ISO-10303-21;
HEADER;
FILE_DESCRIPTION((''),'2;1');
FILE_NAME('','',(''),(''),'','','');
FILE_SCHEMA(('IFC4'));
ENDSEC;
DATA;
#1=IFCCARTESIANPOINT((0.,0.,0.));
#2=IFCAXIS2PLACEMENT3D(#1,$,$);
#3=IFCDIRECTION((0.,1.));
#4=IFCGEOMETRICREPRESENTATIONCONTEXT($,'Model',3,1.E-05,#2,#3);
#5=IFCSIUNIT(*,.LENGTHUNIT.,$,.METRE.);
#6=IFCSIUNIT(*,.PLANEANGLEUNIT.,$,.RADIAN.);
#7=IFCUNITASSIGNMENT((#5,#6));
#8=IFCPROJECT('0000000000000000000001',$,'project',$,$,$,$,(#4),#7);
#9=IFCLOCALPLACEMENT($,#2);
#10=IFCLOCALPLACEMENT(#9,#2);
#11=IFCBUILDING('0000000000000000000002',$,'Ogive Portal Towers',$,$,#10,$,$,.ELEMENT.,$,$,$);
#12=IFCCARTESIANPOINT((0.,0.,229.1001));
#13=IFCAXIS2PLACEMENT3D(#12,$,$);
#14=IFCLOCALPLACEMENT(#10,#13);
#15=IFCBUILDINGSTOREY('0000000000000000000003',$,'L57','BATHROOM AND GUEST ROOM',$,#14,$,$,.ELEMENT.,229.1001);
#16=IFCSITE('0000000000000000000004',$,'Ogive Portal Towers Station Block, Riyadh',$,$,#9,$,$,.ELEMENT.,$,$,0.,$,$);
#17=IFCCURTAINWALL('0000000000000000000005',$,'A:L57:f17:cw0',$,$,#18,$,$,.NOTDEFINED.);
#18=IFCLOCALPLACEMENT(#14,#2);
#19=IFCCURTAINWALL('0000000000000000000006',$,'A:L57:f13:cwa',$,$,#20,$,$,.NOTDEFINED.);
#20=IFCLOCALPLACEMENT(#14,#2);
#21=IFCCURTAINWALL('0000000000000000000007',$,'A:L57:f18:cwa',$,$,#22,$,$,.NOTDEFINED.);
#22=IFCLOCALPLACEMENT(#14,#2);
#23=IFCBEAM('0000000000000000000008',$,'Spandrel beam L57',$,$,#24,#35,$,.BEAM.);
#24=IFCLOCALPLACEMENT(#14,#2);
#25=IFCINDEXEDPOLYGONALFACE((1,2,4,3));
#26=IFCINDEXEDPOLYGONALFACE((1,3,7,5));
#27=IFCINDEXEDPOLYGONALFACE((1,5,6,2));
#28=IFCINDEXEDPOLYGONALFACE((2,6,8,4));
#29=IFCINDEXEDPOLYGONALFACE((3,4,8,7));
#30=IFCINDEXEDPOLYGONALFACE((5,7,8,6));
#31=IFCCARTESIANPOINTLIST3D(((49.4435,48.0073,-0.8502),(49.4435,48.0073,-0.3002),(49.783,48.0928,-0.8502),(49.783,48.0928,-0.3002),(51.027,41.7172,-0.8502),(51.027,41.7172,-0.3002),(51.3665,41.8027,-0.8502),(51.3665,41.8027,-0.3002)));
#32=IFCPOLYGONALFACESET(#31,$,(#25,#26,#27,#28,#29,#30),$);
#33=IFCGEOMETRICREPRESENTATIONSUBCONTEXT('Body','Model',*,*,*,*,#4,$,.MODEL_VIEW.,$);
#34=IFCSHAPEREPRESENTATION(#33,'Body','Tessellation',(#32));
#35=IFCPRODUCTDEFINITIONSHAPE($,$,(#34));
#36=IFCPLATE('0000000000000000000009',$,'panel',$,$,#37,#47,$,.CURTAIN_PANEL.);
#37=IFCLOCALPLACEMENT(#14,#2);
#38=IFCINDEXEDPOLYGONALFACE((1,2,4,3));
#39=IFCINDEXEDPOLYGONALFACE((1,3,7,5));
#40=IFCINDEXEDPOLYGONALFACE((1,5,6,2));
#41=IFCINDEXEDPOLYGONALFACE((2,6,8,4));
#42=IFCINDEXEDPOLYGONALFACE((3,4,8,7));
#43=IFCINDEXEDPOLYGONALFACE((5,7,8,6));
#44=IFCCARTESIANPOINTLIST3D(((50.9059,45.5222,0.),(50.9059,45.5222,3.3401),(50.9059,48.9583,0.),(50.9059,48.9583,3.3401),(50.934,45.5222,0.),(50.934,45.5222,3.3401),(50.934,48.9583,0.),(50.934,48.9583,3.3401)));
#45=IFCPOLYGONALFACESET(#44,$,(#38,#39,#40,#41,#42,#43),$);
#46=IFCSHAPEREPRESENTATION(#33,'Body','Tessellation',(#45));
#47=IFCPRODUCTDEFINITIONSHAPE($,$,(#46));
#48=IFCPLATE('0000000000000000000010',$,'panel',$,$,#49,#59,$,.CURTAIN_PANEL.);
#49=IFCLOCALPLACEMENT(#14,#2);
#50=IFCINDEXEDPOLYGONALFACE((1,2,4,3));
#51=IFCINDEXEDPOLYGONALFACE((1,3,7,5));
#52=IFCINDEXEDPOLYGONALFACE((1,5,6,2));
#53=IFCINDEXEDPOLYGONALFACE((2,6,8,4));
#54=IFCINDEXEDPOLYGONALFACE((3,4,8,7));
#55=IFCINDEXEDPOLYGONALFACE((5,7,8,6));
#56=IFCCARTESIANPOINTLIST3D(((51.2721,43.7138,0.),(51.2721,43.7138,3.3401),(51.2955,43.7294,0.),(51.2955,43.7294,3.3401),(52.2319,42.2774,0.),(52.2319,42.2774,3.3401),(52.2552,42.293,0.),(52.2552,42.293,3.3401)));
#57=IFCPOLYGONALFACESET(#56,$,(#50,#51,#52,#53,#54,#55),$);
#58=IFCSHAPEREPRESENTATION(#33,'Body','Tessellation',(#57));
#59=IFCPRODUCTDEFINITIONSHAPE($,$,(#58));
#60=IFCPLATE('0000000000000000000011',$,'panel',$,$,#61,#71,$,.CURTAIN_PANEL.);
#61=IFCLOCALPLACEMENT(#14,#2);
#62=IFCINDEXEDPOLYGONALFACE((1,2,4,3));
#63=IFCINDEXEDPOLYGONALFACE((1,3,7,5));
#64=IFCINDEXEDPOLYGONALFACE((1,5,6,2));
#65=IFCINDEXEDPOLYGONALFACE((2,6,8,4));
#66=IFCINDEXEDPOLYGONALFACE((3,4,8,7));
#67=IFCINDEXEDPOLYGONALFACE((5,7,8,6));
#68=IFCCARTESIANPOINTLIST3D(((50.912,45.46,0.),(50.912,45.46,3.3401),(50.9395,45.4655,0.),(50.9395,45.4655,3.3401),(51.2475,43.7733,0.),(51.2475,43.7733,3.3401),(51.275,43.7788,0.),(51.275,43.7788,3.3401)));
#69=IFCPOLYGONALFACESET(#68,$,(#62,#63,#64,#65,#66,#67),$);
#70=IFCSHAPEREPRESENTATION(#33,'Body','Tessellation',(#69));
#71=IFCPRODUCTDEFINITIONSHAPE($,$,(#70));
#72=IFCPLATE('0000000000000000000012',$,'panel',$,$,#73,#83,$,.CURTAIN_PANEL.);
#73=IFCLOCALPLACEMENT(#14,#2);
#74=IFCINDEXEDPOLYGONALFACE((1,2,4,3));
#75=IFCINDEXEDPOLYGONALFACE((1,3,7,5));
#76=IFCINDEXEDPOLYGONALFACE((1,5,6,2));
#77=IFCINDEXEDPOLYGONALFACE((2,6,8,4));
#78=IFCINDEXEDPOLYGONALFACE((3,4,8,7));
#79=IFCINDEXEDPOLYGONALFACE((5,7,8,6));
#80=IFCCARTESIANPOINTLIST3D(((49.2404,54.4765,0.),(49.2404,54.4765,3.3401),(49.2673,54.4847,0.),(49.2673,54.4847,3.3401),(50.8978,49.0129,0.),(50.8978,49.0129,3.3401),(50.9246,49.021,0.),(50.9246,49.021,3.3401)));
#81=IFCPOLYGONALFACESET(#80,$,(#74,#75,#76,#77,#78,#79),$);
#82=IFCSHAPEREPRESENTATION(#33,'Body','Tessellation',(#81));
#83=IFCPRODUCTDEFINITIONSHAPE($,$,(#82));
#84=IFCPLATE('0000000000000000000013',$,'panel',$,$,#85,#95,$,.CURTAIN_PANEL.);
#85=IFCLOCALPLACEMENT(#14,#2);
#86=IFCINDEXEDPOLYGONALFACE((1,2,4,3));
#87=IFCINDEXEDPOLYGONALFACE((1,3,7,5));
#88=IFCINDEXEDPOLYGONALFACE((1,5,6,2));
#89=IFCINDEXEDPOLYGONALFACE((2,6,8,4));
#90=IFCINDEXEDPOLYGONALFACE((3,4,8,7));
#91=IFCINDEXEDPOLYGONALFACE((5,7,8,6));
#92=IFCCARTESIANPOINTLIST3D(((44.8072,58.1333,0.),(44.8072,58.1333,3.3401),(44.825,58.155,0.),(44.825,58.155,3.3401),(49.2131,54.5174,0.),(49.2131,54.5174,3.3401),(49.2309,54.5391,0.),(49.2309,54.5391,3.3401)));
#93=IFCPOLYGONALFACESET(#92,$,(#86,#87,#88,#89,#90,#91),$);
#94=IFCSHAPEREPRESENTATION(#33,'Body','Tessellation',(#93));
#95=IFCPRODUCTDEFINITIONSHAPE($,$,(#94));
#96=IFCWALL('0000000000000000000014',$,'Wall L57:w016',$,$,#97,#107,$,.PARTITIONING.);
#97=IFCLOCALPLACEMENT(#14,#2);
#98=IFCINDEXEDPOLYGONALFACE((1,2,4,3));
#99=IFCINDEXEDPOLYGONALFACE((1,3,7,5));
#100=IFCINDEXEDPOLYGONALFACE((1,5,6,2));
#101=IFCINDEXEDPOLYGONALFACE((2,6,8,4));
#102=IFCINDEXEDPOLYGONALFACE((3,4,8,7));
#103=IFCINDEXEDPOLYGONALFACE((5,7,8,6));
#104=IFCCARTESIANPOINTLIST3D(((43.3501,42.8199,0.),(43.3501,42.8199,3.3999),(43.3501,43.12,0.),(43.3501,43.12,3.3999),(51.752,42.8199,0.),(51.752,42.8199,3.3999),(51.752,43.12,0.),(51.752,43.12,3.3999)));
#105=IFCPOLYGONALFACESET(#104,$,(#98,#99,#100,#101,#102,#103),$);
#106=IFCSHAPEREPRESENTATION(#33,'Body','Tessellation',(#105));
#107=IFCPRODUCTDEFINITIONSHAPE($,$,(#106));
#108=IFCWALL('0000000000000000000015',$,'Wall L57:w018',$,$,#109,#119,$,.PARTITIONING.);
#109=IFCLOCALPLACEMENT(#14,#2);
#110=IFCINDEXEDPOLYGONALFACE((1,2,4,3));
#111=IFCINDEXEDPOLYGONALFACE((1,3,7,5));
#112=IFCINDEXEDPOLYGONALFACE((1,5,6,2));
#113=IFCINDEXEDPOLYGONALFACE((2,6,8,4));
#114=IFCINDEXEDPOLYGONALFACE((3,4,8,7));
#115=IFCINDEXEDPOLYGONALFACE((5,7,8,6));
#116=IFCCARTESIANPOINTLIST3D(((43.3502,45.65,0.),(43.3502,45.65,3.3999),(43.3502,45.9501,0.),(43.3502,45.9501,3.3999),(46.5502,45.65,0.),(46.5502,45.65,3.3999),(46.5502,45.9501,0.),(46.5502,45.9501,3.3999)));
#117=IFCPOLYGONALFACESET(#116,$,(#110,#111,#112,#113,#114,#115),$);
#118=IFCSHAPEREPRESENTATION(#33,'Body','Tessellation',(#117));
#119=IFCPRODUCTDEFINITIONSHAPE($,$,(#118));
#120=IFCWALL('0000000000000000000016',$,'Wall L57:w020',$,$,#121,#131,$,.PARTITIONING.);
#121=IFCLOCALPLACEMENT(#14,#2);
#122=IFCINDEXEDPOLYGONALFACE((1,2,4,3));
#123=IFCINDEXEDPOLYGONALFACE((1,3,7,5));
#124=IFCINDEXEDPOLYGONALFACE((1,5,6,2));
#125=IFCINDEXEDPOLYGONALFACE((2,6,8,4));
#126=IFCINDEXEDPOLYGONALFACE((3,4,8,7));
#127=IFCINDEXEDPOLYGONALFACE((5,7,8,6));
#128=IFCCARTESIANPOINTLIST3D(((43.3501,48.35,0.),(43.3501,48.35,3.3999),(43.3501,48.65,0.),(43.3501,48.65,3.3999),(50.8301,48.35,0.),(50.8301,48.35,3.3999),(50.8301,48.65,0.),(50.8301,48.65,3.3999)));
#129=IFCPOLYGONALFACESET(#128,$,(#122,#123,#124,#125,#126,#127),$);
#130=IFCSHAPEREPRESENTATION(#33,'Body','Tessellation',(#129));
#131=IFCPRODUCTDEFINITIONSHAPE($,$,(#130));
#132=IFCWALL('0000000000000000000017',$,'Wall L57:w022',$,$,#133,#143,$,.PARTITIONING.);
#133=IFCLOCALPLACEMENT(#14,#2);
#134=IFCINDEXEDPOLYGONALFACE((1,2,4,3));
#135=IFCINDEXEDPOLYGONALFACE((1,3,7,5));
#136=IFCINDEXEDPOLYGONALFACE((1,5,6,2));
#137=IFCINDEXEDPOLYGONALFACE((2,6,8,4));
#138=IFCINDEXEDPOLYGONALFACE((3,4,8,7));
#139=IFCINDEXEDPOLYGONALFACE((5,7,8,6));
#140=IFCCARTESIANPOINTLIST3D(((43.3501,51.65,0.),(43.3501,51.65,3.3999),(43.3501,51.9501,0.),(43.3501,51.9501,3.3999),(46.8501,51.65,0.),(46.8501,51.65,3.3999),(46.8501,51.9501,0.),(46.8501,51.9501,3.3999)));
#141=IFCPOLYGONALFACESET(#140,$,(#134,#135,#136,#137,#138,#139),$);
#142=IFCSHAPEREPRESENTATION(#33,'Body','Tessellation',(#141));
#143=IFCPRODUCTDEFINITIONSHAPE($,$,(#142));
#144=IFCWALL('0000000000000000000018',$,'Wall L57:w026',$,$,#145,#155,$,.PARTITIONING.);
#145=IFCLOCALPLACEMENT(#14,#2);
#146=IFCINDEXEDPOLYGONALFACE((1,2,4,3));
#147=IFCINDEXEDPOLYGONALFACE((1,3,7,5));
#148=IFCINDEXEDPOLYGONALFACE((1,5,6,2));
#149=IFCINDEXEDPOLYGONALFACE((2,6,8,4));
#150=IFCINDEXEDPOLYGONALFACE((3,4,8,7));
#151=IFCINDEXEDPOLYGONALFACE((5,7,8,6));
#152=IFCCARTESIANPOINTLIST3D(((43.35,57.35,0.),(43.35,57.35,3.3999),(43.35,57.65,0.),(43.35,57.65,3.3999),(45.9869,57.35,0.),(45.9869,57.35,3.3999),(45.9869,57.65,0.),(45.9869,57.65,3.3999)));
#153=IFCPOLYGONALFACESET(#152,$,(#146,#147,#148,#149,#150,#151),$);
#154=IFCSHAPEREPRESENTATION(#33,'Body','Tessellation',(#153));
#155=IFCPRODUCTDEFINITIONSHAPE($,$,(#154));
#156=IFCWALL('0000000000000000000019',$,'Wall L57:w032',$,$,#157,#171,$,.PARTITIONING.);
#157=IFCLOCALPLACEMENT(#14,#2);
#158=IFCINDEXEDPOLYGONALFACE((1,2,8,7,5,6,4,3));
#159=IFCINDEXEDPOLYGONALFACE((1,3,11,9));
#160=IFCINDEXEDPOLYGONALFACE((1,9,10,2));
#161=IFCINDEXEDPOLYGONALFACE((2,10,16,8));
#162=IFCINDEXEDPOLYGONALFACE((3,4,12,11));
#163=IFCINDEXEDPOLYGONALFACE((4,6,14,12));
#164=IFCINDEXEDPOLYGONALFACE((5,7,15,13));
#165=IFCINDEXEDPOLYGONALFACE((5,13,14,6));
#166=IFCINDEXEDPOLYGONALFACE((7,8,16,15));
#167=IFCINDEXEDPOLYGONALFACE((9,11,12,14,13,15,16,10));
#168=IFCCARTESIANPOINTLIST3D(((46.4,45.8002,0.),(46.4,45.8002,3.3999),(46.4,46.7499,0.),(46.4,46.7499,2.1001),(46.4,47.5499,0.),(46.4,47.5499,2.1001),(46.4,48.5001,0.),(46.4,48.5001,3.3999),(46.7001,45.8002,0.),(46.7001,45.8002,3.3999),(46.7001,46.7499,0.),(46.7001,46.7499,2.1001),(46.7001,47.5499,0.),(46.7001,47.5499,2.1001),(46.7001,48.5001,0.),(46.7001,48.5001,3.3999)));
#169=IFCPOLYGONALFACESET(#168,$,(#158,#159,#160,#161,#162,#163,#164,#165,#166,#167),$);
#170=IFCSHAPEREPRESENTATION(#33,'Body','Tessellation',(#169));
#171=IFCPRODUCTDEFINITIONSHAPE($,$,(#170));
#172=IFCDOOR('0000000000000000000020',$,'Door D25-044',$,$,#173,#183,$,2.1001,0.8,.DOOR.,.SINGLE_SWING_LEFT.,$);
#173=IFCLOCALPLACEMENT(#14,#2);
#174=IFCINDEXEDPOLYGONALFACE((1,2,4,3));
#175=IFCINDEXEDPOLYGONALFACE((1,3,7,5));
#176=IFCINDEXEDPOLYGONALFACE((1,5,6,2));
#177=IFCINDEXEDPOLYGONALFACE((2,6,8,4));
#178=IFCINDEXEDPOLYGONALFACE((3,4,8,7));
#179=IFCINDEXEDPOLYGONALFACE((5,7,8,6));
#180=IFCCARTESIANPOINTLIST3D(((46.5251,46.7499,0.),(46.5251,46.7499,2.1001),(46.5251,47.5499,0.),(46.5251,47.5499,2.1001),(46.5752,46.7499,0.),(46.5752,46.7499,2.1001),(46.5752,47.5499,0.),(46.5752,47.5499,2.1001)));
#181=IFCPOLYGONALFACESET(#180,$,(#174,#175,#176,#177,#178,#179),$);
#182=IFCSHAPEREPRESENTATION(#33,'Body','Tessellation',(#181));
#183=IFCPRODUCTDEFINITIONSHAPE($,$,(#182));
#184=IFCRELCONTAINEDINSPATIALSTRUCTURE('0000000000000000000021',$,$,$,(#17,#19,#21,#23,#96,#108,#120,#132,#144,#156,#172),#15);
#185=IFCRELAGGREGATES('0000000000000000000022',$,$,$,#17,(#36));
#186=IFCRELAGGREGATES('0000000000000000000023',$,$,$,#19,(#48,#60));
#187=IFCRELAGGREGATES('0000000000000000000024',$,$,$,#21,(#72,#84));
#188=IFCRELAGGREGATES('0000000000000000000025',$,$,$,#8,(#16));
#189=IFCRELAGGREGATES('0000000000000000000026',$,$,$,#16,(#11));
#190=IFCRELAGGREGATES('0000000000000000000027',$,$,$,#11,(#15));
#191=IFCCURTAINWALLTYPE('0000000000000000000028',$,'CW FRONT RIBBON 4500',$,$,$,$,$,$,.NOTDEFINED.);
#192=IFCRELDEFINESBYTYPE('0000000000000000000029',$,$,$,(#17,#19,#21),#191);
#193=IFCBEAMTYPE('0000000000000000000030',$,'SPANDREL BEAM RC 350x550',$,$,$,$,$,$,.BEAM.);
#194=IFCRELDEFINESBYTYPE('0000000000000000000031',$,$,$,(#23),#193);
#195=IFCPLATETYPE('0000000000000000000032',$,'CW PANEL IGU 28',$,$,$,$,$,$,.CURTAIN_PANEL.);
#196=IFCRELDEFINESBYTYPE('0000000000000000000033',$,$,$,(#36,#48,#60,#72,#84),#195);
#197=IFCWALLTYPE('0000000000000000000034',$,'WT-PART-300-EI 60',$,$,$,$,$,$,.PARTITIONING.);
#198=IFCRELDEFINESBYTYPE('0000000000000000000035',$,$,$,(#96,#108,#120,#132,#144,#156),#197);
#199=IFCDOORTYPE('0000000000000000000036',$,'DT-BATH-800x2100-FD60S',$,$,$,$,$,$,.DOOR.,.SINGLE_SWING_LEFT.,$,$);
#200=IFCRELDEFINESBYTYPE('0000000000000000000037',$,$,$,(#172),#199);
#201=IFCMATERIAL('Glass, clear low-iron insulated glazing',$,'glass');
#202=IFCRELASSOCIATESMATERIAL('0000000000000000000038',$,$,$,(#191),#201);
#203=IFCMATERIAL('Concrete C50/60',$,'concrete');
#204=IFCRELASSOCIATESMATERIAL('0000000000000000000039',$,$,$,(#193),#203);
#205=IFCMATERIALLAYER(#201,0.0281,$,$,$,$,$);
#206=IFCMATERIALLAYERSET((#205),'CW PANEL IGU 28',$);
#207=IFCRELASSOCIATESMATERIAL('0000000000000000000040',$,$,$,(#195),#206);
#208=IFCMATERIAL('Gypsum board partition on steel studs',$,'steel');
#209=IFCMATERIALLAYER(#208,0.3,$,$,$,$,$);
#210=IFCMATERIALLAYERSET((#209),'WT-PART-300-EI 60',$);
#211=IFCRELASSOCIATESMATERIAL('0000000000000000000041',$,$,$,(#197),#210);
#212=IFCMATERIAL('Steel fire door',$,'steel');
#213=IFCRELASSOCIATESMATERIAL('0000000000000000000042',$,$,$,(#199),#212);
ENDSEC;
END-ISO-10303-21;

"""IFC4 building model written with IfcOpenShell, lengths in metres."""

from ifc_helpers import new_model, si_unit, direction, frame, frame_2d, origin, origin_2d, place, context, subcontext, project, spatial, rectangle, extrude, material, layer, layer_set, material_profile, profile_set, type_object, element, fill, aggregate, save


model = new_model("IFC4")

# Units and contexts
model_context = context("Model", 3, precision=1e-05, world=origin(), true_north=direction((0.0, 1.0)))
body_context = subcontext(model_context, "Body", "Model", "MODEL_VIEW")
ifc_project = project(units=[si_unit("LENGTHUNIT", "METRE"), si_unit("PLANEANGLEUNIT", "RADIAN")], contexts=[model_context])

# Site, building, storey
site_placement = place(None, origin())
site = spatial("IfcSite", under=ifc_project, at=site_placement, Name="Ogive Portal Towers Station Block, Riyadh", CompositionType="ELEMENT", RefElevation=0.0)
building_placement = place(site_placement, origin())
building = spatial("IfcBuilding", under=site, at=building_placement, Name="Ogive Portal Towers", CompositionType="ELEMENT")
storey_placement = place(building_placement, frame((0.0, 0.0, 229.1001)))
storey = spatial("IfcBuildingStorey", under=building, at=storey_placement, Name="L57", Description="BATHROOM AND GUEST ROOM", CompositionType="ELEMENT", Elevation=229.1001)

# Curtain walls
ifc_material_1 = material(Name="Glass, clear low-iron insulated glazing", Category="glass")
curtain_wall_type = type_object("IfcCurtainWallType", Name="CW FRONT RIBBON 4500", PredefinedType="NOTDEFINED", material=ifc_material_1)
curtain_wall_1_placement = place(storey_placement, origin())
curtain_wall_1 = element("IfcCurtainWall", 1, at=curtain_wall_1_placement, inside=storey, type_object=curtain_wall_type, Name="A:L57:f17:cw0", PredefinedType="NOTDEFINED")
curtain_wall_2_placement = place(storey_placement, origin())
curtain_wall_2 = element("IfcCurtainWall", 2, at=curtain_wall_2_placement, inside=storey, type_object=curtain_wall_type, Name="A:L57:f13:cwa", PredefinedType="NOTDEFINED")
curtain_wall_3_placement = place(storey_placement, origin())
curtain_wall_3 = element("IfcCurtainWall", 3, at=curtain_wall_3_placement, inside=storey, type_object=curtain_wall_type, Name="A:L57:f18:cwa", PredefinedType="NOTDEFINED")

# Beam
ifc_material_2 = material(Name="Concrete C50/60", Category="concrete")
ifc_material_profile_1 = material_profile(ifc_material_2, rectangle(XDim=0.3501, YDim=0.55, at=origin_2d()), Name="RC 350x550")
ifc_profile_set_1 = profile_set([ifc_material_profile_1], Name="Concrete C50/60")
beam_type = type_object("IfcBeamType", Name="SPANDREL BEAM RC 350x550", PredefinedType="BEAM", material=ifc_profile_set_1)
beam_placement = place(storey_placement, frame((49.6133, 48.05, -0.5752), z_axis=(0.244129, -0.969743, 0.0), x_axis=(0.969743, 0.244129, 0.0)))
element("IfcBeam", 4, at=beam_placement, inside=storey, type_object=beam_type, Name="Spandrel beam L57", PredefinedType="BEAM", context=body_context, shape_type="SweptSolid", body=[
    extrude(rectangle(XDim=0.3501, YDim=0.55, at=origin_2d()), origin(), (0.0, 0.0, 1.0), 6.4863),
])

# Plates
ifc_layer_1 = layer(ifc_material_1, 0.0281)
ifc_layer_set_1 = layer_set([ifc_layer_1], Name="CW PANEL IGU 28")
plate_type = type_object("IfcPlateType", Name="CW PANEL IGU 28", PredefinedType="CURTAIN_PANEL", material=ifc_layer_set_1)
plate_1_placement = place(storey_placement, frame((50.9199, 47.2402, 0.0), z_axis=(0.0, 0.0, 1.0), x_axis=(0.0, 1.0, 0.0)))
plate_1 = element("IfcPlate", 5, at=plate_1_placement, type_object=plate_type, Name="panel", PredefinedType="CURTAIN_PANEL", context=body_context, shape_type="SweptSolid", body=[
    extrude(rectangle(XDim=3.436, YDim=0.0281, at=origin_2d()), origin(), (0.0, 0.0, 1.0), 3.3401),
])
aggregate(curtain_wall_1, [plate_1])
plate_2_placement = place(storey_placement, frame((51.7637, 43.0034, 0.0), z_axis=(0.0, 0.0, 1.0), x_axis=(-0.55557, 0.83147, 0.0)))
plate_2 = element("IfcPlate", 6, at=plate_2_placement, type_object=plate_type, Name="panel", PredefinedType="CURTAIN_PANEL", context=body_context, shape_type="SweptSolid", body=[
    extrude(rectangle(XDim=1.7275, YDim=0.0281, at=origin_2d()), origin(), (0.0, 0.0, 1.0), 3.3401),
])
plate_3_placement = place(storey_placement, frame((51.0935, 44.6194, 0.0), z_axis=(0.0, 0.0, 1.0), x_axis=(-0.19509, 0.980785, 0.0)))
plate_3 = element("IfcPlate", 7, at=plate_3_placement, type_object=plate_type, Name="panel", PredefinedType="CURTAIN_PANEL", context=body_context, shape_type="SweptSolid", body=[
    extrude(rectangle(XDim=1.7197, YDim=0.0281, at=origin_2d()), origin(), (0.0, 0.0, 1.0), 3.3401),
])
aggregate(curtain_wall_2, [plate_2, plate_3])
plate_4_placement = place(storey_placement, frame((50.0825, 51.7488, 0.0), z_axis=(0.0, 0.0, 1.0), x_axis=(-0.290285, 0.95694, 0.0)))
plate_4 = element("IfcPlate", 8, at=plate_4_placement, type_object=plate_type, Name="panel", PredefinedType="CURTAIN_PANEL", context=body_context, shape_type="SweptSolid", body=[
    extrude(rectangle(XDim=5.7095, YDim=0.0281, at=origin_2d()), origin(), (0.0, 0.0, 1.0), 3.3401),
])
plate_5_placement = place(storey_placement, frame((47.019, 56.3362, 0.0), z_axis=(0.0, 0.0, 1.0), x_axis=(-0.77301, 0.634393, 0.0)))
plate_5 = element("IfcPlate", 9, at=plate_5_placement, type_object=plate_type, Name="panel", PredefinedType="CURTAIN_PANEL", context=body_context, shape_type="SweptSolid", body=[
    extrude(rectangle(XDim=5.6997, YDim=0.0281, at=origin_2d()), origin(), (0.0, 0.0, 1.0), 3.3401),
])
aggregate(curtain_wall_3, [plate_4, plate_5])

# Walls
ifc_material_3 = material(Name="Gypsum board partition on steel studs", Category="steel")
ifc_layer_2 = layer(ifc_material_3, 0.3)
ifc_layer_set_2 = layer_set([ifc_layer_2], Name="WT-PART-300-EI 60")
wall_type = type_object("IfcWallType", Name="WT-PART-300-EI 60", PredefinedType="PARTITIONING", material=ifc_layer_set_2)
wall_1_placement = place(storey_placement, frame((43.3501, 42.97, 0.0), z_axis=(0.0, 0.0, 1.0), x_axis=(1.0, 0.0, 0.0)))
element("IfcWall", 10, at=wall_1_placement, inside=storey, type_object=wall_type, Name="Wall L57:w016", PredefinedType="PARTITIONING", context=body_context, shape_type="SweptSolid", body=[
    extrude(rectangle(XDim=8.4019, YDim=0.3, at=frame_2d((4.2009, 0.0))), origin(), (0.0, 0.0, 1.0), 3.3999),
])
wall_2_placement = place(storey_placement, frame((43.3501, 45.8, 0.0), z_axis=(0.0, 0.0, 1.0), x_axis=(1.0, 0.0, 0.0)))
element("IfcWall", 11, at=wall_2_placement, inside=storey, type_object=wall_type, Name="Wall L57:w018", PredefinedType="PARTITIONING", context=body_context, shape_type="SweptSolid", body=[
    extrude(rectangle(XDim=3.2, YDim=0.3, at=frame_2d((1.6001, 0.0))), origin(), (0.0, 0.0, 1.0), 3.3999),
])
wall_3_placement = place(storey_placement, frame((43.3501, 48.5, 0.0), z_axis=(0.0, 0.0, 1.0), x_axis=(1.0, 0.0, 0.0)))
element("IfcWall", 12, at=wall_3_placement, inside=storey, type_object=wall_type, Name="Wall L57:w020", PredefinedType="PARTITIONING", context=body_context, shape_type="SweptSolid", body=[
    extrude(rectangle(XDim=7.48, YDim=0.3, at=frame_2d((3.74, 0.0))), origin(), (0.0, 0.0, 1.0), 3.3999),
])
wall_4_placement = place(storey_placement, frame((43.3501, 51.8, 0.0), z_axis=(0.0, 0.0, 1.0), x_axis=(1.0, 0.0, 0.0)))
element("IfcWall", 13, at=wall_4_placement, inside=storey, type_object=wall_type, Name="Wall L57:w022", PredefinedType="PARTITIONING", context=body_context, shape_type="SweptSolid", body=[
    extrude(rectangle(XDim=3.5, YDim=0.3, at=frame_2d((1.75, 0.0))), origin(), (0.0, 0.0, 1.0), 3.3999),
])
wall_5_placement = place(storey_placement, frame((43.3501, 57.5, 0.0), z_axis=(0.0, 0.0, 1.0), x_axis=(1.0, 0.0, 0.0)))
element("IfcWall", 14, at=wall_5_placement, inside=storey, type_object=wall_type, Name="Wall L57:w026", PredefinedType="PARTITIONING", context=body_context, shape_type="SweptSolid", body=[
    extrude(rectangle(XDim=2.637, YDim=0.3, at=frame_2d((1.3184, 0.0))), origin(), (0.0, 0.0, 1.0), 3.3999),
])

# Wall, opening, door
wall_6_placement = place(storey_placement, frame((46.55, 45.8, 0.0), z_axis=(0.0, 0.0, 1.0), x_axis=(0.0, 1.0, 0.0)))
wall_6 = element("IfcWall", 15, at=wall_6_placement, inside=storey, type_object=wall_type, Name="Wall L57:w032", PredefinedType="PARTITIONING", context=body_context, shape_type="SweptSolid", body=[
    extrude(rectangle(XDim=2.7, YDim=0.3, at=frame_2d((1.3501, 0.0))), origin(), (0.0, 0.0, 1.0), 3.3999),
])
opening_1_placement = place(wall_6_placement, frame((0.95, 0.0, 0.0)))
opening_1 = element("IfcOpeningElement", 16, at=opening_1_placement, cuts=wall_6, PredefinedType="OPENING", context=body_context, shape_type="SweptSolid", body=[
    extrude(rectangle(XDim=0.8, YDim=2.1001, at=frame_2d((0.3999, 1.05))), frame((0.0, 0.1602, 0.0), z_axis=(0.0, -1.0, 0.0), x_axis=(1.0, 0.0, 0.0)), (0.0, 0.0, 1.0), 0.3201),
])
ifc_material_4 = material(Name="Steel fire door", Category="steel")
door_type = type_object("IfcDoorType", Name="DT-BATH-800x2100-FD60S", OperationType="SINGLE_SWING_LEFT", PredefinedType="DOOR", material=ifc_material_4)
door_1_placement = place(opening_1_placement, origin())
door_1 = element("IfcDoor", 17, at=door_1_placement, inside=storey, type_object=door_type, Name="Door D25-044", OperationType="SINGLE_SWING_LEFT", OverallHeight=2.1001, OverallWidth=0.8, PredefinedType="DOOR", context=body_context, shape_type="SweptSolid", body=[
    extrude(rectangle(XDim=0.8, YDim=2.1001, at=frame_2d((0.3999, 1.05))), frame((0.0, 0.0249, 0.0), z_axis=(0.0, -1.0, 0.0), x_axis=(1.0, 0.0, 0.0)), (0.0, 0.0, 1.0), 0.05),
])
fill(opening_1, door_1)

save(model, "model.ifc")
